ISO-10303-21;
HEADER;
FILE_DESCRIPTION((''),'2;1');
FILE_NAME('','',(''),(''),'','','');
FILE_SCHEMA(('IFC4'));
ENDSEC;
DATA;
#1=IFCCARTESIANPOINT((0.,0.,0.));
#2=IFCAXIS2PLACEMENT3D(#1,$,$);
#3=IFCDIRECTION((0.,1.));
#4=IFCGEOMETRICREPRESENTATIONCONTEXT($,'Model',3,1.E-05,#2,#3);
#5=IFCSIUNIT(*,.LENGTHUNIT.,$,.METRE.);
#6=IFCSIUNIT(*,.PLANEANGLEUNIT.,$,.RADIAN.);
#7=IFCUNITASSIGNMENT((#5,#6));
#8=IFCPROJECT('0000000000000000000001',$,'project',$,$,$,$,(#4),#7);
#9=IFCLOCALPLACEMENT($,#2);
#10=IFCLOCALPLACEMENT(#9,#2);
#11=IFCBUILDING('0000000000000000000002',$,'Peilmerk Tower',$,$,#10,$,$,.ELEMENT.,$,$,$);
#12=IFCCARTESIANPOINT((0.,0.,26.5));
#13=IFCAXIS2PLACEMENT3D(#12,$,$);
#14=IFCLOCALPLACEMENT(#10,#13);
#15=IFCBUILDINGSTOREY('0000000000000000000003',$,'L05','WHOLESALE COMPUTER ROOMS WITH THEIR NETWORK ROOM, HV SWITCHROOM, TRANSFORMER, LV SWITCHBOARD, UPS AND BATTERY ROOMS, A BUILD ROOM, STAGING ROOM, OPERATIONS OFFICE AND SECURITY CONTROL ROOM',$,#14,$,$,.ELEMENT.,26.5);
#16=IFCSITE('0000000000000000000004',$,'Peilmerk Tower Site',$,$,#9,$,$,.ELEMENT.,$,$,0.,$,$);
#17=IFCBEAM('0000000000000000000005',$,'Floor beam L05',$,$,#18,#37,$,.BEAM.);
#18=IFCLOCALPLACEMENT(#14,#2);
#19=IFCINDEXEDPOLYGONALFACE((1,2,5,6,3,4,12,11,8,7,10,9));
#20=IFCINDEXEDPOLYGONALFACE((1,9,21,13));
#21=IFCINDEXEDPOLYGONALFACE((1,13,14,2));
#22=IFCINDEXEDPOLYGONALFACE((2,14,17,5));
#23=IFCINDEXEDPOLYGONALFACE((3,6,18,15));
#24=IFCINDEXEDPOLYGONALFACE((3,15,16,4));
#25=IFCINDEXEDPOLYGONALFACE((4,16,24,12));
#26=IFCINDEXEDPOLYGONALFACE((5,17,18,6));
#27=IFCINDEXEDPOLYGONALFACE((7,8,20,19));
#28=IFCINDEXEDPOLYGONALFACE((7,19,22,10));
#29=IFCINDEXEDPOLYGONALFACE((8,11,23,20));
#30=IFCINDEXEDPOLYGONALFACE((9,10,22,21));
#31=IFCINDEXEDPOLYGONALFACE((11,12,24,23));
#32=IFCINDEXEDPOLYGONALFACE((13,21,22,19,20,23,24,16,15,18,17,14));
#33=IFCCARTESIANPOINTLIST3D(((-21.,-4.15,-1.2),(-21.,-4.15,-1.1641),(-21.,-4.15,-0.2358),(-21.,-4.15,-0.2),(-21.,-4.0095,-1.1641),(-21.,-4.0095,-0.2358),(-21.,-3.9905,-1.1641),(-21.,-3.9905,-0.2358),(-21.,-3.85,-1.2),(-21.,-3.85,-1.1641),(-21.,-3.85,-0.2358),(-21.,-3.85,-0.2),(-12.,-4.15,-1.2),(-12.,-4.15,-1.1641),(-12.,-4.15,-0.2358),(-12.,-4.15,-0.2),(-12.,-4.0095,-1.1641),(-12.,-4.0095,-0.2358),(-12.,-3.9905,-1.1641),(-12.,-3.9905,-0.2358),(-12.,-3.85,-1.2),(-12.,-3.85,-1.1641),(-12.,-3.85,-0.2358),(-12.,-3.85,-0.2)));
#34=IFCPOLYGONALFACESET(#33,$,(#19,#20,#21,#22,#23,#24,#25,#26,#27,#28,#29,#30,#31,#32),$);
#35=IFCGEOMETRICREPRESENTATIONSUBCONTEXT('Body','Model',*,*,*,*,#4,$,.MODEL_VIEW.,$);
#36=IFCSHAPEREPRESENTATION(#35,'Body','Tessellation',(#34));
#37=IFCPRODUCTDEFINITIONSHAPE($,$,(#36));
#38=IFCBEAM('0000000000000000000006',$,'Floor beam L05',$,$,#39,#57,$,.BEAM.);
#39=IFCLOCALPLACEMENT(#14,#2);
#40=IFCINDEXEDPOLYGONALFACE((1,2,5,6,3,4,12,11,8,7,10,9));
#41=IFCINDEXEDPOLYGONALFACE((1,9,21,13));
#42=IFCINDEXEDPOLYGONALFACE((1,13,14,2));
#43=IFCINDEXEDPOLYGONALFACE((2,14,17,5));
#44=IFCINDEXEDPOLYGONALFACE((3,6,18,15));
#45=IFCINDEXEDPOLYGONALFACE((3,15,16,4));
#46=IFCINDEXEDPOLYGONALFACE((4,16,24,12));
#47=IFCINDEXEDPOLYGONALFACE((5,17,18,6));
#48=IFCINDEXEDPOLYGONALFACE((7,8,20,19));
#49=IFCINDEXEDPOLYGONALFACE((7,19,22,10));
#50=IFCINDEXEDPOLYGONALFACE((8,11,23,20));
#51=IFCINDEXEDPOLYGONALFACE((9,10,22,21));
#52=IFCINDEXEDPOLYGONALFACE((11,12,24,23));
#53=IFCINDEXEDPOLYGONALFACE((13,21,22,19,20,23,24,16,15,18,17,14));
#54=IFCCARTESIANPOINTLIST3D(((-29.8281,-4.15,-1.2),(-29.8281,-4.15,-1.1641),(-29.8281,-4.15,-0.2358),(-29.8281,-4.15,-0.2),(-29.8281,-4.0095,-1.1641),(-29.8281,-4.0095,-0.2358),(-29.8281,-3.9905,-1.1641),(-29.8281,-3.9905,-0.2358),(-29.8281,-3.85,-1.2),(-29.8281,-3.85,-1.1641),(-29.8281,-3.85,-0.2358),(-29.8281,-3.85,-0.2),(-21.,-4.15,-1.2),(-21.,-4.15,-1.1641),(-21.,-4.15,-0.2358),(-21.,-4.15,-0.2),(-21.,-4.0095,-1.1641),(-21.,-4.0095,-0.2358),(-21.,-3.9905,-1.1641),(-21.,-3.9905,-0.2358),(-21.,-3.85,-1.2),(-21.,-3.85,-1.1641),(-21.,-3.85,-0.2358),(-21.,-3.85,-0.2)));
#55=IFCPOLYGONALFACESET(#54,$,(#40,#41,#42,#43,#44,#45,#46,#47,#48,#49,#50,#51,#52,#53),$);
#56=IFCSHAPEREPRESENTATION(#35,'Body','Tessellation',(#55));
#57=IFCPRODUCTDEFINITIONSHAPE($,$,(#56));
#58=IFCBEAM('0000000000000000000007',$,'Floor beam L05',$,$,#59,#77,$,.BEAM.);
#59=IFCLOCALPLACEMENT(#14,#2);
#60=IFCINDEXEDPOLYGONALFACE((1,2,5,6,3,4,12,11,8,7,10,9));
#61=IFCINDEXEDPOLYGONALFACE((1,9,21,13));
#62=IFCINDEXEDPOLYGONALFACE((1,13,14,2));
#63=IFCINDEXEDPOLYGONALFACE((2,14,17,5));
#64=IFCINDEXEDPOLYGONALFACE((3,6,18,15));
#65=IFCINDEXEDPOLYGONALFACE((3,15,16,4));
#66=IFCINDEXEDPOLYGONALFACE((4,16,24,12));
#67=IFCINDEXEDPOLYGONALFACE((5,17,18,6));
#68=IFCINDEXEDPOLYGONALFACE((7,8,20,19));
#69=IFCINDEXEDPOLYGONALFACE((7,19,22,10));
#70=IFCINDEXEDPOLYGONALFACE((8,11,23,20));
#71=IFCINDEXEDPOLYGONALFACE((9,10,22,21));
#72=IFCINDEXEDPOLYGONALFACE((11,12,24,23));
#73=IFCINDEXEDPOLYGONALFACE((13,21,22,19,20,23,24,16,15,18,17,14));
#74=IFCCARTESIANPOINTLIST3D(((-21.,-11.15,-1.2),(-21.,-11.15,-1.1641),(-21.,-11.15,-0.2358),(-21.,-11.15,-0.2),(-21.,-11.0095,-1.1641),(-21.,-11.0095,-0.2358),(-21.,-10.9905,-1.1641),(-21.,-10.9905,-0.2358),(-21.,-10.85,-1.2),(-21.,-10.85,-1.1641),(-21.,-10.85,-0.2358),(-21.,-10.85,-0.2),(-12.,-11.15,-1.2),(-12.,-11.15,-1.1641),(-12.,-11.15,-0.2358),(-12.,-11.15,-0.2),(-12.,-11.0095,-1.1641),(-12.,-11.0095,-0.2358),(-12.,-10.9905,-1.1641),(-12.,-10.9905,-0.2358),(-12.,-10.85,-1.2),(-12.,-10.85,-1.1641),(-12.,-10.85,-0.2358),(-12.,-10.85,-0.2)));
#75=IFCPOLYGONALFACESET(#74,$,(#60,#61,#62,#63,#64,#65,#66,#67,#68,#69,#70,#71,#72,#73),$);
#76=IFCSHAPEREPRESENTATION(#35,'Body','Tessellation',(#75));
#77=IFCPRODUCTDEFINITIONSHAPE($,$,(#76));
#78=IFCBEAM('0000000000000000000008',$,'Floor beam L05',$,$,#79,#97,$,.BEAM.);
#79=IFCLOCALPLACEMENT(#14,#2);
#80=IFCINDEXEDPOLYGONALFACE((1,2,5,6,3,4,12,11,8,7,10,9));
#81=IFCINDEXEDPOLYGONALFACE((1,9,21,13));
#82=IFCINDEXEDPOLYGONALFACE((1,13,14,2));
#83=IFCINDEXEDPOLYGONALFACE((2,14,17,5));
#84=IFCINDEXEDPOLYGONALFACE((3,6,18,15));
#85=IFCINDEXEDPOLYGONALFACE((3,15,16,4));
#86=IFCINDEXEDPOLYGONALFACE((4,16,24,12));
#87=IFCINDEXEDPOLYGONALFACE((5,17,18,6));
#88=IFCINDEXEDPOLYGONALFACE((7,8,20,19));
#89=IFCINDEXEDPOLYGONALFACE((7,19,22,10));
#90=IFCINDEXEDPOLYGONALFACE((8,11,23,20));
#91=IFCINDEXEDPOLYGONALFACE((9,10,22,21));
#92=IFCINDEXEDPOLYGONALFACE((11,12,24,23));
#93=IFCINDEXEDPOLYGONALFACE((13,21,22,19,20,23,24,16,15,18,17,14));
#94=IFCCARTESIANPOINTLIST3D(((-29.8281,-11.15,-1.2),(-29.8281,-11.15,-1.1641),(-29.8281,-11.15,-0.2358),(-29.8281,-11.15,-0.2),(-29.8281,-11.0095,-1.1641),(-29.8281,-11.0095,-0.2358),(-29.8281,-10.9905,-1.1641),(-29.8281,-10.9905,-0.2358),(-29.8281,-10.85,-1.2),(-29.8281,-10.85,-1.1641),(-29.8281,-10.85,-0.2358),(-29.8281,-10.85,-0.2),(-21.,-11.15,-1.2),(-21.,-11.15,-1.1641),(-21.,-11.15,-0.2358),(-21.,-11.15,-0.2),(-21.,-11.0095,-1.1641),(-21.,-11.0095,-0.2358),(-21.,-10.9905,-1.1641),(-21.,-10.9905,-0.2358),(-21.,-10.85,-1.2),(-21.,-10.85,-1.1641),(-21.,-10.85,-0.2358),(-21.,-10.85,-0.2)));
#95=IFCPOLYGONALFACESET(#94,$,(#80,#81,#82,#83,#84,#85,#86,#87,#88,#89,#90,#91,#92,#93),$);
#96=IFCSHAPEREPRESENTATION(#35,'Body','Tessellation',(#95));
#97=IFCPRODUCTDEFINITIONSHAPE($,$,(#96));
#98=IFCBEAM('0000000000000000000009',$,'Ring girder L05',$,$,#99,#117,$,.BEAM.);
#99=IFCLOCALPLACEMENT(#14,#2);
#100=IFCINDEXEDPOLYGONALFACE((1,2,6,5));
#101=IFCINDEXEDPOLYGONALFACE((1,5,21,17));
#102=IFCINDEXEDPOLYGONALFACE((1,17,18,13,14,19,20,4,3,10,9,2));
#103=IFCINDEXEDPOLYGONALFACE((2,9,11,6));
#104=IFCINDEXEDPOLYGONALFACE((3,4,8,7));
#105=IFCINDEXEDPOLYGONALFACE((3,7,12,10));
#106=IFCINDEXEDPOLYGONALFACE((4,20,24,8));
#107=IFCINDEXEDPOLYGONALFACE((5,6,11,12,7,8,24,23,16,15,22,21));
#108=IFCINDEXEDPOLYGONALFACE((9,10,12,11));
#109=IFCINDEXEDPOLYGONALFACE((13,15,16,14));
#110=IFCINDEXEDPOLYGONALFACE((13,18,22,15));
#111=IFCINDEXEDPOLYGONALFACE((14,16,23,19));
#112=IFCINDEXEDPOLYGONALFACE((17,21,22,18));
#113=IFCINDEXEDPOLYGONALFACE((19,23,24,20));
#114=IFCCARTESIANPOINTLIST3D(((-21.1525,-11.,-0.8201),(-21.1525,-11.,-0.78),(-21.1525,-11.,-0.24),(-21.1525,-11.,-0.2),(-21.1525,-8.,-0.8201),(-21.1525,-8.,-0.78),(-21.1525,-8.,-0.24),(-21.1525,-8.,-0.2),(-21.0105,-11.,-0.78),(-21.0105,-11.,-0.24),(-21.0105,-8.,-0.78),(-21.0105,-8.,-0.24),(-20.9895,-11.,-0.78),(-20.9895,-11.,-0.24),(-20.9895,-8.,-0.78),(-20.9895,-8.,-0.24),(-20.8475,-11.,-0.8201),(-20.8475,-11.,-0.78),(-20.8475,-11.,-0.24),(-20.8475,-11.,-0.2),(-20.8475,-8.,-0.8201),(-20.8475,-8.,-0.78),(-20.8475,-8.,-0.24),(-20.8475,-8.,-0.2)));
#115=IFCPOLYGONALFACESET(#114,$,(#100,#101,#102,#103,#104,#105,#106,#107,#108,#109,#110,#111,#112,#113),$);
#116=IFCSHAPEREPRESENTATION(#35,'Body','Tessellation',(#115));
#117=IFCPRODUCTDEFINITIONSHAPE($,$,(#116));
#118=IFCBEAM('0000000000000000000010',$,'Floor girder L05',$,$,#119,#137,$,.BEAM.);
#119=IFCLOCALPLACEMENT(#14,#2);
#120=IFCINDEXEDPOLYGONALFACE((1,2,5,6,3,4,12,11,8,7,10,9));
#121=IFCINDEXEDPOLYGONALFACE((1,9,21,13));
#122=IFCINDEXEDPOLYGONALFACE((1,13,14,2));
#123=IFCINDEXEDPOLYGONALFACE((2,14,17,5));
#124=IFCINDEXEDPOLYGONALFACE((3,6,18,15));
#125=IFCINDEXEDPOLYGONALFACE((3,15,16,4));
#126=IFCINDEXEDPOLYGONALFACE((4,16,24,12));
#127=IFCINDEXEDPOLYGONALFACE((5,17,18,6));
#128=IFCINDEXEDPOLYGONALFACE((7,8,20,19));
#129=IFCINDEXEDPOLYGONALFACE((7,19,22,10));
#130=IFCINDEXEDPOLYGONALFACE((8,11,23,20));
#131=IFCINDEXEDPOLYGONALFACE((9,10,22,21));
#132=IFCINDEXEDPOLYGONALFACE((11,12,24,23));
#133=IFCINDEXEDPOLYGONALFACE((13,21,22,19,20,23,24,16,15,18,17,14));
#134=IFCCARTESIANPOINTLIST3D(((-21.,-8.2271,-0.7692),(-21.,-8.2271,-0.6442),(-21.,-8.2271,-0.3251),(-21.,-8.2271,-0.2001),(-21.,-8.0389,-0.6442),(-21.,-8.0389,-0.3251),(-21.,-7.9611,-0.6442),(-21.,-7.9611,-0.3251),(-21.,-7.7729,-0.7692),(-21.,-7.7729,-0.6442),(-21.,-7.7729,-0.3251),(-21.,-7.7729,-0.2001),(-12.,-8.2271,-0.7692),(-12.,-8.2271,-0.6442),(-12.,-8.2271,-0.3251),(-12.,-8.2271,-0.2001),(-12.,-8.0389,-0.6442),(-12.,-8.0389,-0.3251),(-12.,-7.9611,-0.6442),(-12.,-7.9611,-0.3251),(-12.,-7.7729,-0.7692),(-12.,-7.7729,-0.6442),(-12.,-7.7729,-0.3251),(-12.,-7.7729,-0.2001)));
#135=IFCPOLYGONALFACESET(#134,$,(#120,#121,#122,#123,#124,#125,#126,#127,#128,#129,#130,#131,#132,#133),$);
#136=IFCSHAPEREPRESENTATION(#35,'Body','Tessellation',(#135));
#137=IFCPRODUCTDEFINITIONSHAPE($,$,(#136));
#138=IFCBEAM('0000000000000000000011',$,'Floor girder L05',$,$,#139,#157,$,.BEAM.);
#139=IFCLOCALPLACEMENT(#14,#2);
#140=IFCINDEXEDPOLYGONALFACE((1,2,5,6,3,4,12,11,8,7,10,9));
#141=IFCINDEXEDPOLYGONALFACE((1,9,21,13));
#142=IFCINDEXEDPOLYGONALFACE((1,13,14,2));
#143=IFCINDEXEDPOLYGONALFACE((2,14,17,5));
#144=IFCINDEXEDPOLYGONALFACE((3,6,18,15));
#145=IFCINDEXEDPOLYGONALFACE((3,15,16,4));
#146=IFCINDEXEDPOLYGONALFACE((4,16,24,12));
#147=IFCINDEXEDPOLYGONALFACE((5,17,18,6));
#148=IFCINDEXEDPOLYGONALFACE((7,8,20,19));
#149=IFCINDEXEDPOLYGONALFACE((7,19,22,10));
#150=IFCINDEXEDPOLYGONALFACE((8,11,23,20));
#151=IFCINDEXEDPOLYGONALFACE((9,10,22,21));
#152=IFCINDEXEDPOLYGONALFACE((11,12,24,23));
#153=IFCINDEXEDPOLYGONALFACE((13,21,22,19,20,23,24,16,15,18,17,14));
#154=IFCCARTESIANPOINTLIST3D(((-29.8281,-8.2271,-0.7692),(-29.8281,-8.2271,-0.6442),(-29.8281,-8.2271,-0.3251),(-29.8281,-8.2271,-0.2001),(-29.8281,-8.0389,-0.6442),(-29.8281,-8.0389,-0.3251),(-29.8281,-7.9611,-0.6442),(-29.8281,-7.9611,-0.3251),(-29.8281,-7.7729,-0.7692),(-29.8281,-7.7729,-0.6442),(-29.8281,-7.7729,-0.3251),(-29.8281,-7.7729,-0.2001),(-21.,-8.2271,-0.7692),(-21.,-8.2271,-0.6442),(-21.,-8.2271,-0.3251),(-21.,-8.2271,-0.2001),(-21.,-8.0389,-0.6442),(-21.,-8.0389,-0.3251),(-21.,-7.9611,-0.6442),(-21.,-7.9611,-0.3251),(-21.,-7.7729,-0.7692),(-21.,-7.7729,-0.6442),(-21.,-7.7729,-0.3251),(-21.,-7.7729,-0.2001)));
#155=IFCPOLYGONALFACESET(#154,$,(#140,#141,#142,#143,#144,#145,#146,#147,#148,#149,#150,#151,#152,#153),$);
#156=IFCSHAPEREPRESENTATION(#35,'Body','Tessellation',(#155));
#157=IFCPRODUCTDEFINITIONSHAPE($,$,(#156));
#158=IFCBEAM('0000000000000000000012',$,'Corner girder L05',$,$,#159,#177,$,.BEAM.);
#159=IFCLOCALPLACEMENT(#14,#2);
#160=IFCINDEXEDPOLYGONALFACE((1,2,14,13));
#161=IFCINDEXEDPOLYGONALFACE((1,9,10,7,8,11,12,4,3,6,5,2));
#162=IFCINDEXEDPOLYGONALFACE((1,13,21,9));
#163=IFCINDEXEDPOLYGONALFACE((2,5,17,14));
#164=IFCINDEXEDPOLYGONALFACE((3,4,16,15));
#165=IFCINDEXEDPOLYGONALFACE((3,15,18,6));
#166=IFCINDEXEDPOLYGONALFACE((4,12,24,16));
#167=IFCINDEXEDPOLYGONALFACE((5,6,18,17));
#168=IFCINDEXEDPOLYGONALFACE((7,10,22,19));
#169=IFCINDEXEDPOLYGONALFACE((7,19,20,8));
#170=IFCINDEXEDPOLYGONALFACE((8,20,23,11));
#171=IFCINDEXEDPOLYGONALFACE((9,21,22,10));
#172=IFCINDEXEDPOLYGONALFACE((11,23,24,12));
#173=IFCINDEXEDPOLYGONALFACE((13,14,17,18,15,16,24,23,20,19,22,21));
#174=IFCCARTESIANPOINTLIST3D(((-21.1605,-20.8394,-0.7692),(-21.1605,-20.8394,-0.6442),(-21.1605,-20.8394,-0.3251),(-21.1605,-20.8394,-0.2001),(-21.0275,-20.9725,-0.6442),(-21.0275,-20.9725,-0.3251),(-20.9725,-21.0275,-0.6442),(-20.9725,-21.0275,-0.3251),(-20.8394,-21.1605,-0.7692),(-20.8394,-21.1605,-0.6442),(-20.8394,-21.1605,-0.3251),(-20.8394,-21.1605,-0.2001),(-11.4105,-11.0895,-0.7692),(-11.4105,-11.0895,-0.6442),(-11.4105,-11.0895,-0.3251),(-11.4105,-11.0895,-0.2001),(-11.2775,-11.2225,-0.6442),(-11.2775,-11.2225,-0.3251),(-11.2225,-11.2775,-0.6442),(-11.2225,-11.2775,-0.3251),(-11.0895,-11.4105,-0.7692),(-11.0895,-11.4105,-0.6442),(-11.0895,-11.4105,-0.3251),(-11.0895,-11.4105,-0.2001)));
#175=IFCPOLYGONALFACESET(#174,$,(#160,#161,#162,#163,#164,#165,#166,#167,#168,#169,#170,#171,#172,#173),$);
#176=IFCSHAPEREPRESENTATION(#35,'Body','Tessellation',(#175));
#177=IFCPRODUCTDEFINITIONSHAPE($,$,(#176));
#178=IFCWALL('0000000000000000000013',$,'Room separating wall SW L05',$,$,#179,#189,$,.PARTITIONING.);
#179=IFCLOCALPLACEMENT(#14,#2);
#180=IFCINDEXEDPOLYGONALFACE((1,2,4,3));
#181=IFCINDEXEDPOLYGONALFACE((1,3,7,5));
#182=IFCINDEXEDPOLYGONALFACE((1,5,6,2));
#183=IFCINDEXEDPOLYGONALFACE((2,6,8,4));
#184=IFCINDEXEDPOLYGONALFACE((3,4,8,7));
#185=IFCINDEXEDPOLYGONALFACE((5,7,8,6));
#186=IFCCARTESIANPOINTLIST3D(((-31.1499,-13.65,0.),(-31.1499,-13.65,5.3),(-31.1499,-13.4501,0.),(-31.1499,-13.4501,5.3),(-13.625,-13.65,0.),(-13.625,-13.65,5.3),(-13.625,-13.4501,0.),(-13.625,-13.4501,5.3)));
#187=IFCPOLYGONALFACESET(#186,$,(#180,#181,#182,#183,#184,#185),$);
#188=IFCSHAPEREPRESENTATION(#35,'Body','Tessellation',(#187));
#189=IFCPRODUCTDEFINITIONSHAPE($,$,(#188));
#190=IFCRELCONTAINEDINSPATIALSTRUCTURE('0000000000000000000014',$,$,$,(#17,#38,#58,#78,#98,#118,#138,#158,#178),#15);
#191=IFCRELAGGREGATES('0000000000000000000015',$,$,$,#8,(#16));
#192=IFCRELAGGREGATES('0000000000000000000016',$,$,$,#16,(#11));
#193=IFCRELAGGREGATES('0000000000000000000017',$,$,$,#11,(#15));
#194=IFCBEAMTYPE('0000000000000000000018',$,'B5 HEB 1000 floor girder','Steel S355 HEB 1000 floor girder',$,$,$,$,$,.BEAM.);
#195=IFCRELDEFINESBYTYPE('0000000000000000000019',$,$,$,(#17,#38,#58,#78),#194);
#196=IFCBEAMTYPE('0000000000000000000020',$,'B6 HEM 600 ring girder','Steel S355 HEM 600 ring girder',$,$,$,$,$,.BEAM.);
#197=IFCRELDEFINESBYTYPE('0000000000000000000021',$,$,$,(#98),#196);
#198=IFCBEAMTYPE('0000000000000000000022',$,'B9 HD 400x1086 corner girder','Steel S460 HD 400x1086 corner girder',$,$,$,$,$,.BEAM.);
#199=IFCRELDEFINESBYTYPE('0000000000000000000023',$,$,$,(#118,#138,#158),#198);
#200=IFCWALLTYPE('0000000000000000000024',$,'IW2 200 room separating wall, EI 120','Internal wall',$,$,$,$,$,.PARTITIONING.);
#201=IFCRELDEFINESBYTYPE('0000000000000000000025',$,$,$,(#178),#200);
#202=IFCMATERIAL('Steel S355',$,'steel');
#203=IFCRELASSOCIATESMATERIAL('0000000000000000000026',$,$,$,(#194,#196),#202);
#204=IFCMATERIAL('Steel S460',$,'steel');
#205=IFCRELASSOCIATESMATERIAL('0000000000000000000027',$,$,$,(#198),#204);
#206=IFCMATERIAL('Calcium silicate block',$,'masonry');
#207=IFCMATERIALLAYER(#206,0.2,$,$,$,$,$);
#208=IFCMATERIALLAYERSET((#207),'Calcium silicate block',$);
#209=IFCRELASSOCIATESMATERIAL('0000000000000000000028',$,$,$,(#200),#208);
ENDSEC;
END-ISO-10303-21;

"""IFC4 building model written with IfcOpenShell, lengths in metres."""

from ifc_helpers import new_model, si_unit, direction, frame, frame_2d, origin, origin_2d, place, context, subcontext, project, spatial, rectangle, i_section, extrude, material, layer, layer_set, material_profile, profile_set, type_object, element, save


model = new_model("IFC4")

# Units and contexts
model_context = context("Model", 3, precision=1e-05, world=origin(), true_north=direction((0.0, 1.0)))
body_context = subcontext(model_context, "Body", "Model", "MODEL_VIEW")
ifc_project = project(units=[si_unit("LENGTHUNIT", "METRE"), si_unit("PLANEANGLEUNIT", "RADIAN")], contexts=[model_context])

# Site, building, storey
site_placement = place(None, origin())
site = spatial("IfcSite", under=ifc_project, at=site_placement, Name="Peilmerk Tower Site", CompositionType="ELEMENT", RefElevation=0.0)
building_placement = place(site_placement, origin())
building = spatial("IfcBuilding", under=site, at=building_placement, Name="Peilmerk Tower", CompositionType="ELEMENT")
storey_placement = place(building_placement, frame((0.0, 0.0, 26.5)))
storey = spatial("IfcBuildingStorey", under=building, at=storey_placement, Name="L05", Description="WHOLESALE COMPUTER ROOMS WITH THEIR NETWORK ROOM, HV SWITCHROOM, TRANSFORMER, LV SWITCHBOARD, UPS AND BATTERY ROOMS, A BUILD ROOM, STAGING ROOM, OPERATIONS OFFICE AND SECURITY CONTROL ROOM", CompositionType="ELEMENT", Elevation=26.5)

# Beams
ifc_material_1 = material(Name="Steel S355", Category="steel")
ifc_material_profile_1 = material_profile(ifc_material_1, i_section(OverallWidth=0.3, OverallDepth=1.0, WebThickness=0.019, FlangeThickness=0.0359, at=origin_2d()), Name="HEB 1000")
ifc_profile_set_1 = profile_set([ifc_material_profile_1], Name="Steel S355")
beam_type_1 = type_object("IfcBeamType", Name="B5 HEB 1000 floor girder", Description="Steel S355 HEB 1000 floor girder", PredefinedType="BEAM", material=ifc_profile_set_1)
for number, where, z_axis, x_axis, name in (
    (1, (-12.0, -4.0, -0.7), (-1.0, 0.0, 0.0), (0.0, -1.0, 0.0), "Floor beam L05"),
):
    element("IfcBeam", number, at=place(storey_placement, frame(where, z_axis=z_axis, x_axis=x_axis)), inside=storey, type_object=beam_type_1, Name=name, PredefinedType="BEAM", context=body_context, shape_type="SweptSolid", body=[
        extrude(i_section(OverallWidth=0.3, OverallDepth=1.0, WebThickness=0.019, FlangeThickness=0.0359, at=origin_2d()), origin(), (0.0, 0.0, 1.0), 9.0),
    ])
beam_1_placement = place(storey_placement, frame((-21.0, -4.0, -0.7), z_axis=(-1.0, 0.0, 0.0), x_axis=(0.0, -1.0, 0.0)))
element("IfcBeam", 2, at=beam_1_placement, inside=storey, type_object=beam_type_1, Name="Floor beam L05", PredefinedType="BEAM", context=body_context, shape_type="SweptSolid", body=[
    extrude(i_section(OverallWidth=0.3, OverallDepth=1.0, WebThickness=0.019, FlangeThickness=0.0359, at=origin_2d()), origin(), (0.0, 0.0, 1.0), 8.8281),
])
beam_2_placement = place(storey_placement, frame((-12.0, -11.0, -0.7), z_axis=(-1.0, 0.0, 0.0), x_axis=(0.0, -1.0, 0.0)))
element("IfcBeam", 3, at=beam_2_placement, inside=storey, type_object=beam_type_1, Name="Floor beam L05", PredefinedType="BEAM", context=body_context, shape_type="SweptSolid", body=[
    extrude(i_section(OverallWidth=0.3, OverallDepth=1.0, WebThickness=0.019, FlangeThickness=0.0359, at=origin_2d()), origin(), (0.0, 0.0, 1.0), 9.0),
])
beam_3_placement = place(storey_placement, frame((-21.0, -11.0, -0.7), z_axis=(-1.0, 0.0, 0.0), x_axis=(0.0, -1.0, 0.0)))
element("IfcBeam", 4, at=beam_3_placement, inside=storey, type_object=beam_type_1, Name="Floor beam L05", PredefinedType="BEAM", context=body_context, shape_type="SweptSolid", body=[
    extrude(i_section(OverallWidth=0.3, OverallDepth=1.0, WebThickness=0.019, FlangeThickness=0.0359, at=origin_2d()), origin(), (0.0, 0.0, 1.0), 8.8281),
])
ifc_material_profile_2 = material_profile(ifc_material_1, i_section(OverallWidth=0.3049, OverallDepth=0.6201, WebThickness=0.021, FlangeThickness=0.04, at=origin_2d()), Name="HEM 600")
ifc_profile_set_2 = profile_set([ifc_material_profile_2], Name="Steel S355")
beam_type_2 = type_object("IfcBeamType", Name="B6 HEM 600 ring girder", Description="Steel S355 HEM 600 ring girder", PredefinedType="BEAM", material=ifc_profile_set_2)
beam_4_placement = place(storey_placement, frame((-21.0, -8.0, -0.51), z_axis=(0.0, -1.0, 0.0), x_axis=(1.0, 0.0, 0.0)))
element("IfcBeam", 5, at=beam_4_placement, inside=storey, type_object=beam_type_2, Name="Ring girder L05", PredefinedType="BEAM", context=body_context, shape_type="SweptSolid", body=[
    extrude(i_section(OverallWidth=0.3049, OverallDepth=0.6201, WebThickness=0.021, FlangeThickness=0.04, at=origin_2d()), origin(), (0.0, 0.0, 1.0), 3.0),
])
ifc_material_2 = material(Name="Steel S460", Category="steel")
ifc_material_profile_3 = material_profile(ifc_material_2, i_section(OverallWidth=0.4541, OverallDepth=0.5691, WebThickness=0.0779, FlangeThickness=0.125, at=origin_2d()), Name="HD 400x1086")
ifc_profile_set_3 = profile_set([ifc_material_profile_3], Name="Steel S460")
beam_type_3 = type_object("IfcBeamType", Name="B9 HD 400x1086 corner girder", Description="Steel S460 HD 400x1086 corner girder", PredefinedType="BEAM", material=ifc_profile_set_3)
beam_5_placement = place(storey_placement, frame((-12.0, -8.0, -0.4846), z_axis=(-1.0, 0.0, 0.0), x_axis=(0.0, -1.0, 0.0)))
element("IfcBeam", 6, at=beam_5_placement, inside=storey, type_object=beam_type_3, Name="Floor girder L05", PredefinedType="BEAM", context=body_context, shape_type="SweptSolid", body=[
    extrude(i_section(OverallWidth=0.4541, OverallDepth=0.5691, WebThickness=0.0779, FlangeThickness=0.125, at=origin_2d()), origin(), (0.0, 0.0, 1.0), 9.0),
])
beam_6_placement = place(storey_placement, frame((-21.0, -8.0, -0.4846), z_axis=(-1.0, 0.0, 0.0), x_axis=(0.0, -1.0, 0.0)))
element("IfcBeam", 7, at=beam_6_placement, inside=storey, type_object=beam_type_3, Name="Floor girder L05", PredefinedType="BEAM", context=body_context, shape_type="SweptSolid", body=[
    extrude(i_section(OverallWidth=0.4541, OverallDepth=0.5691, WebThickness=0.0779, FlangeThickness=0.125, at=origin_2d()), origin(), (0.0, 0.0, 1.0), 8.8281),
])
beam_7_placement = place(storey_placement, frame((-11.25, -11.25, -0.4846), z_axis=(-0.707107, -0.707107, 0.0), x_axis=(0.707107, -0.707107, 0.0)))
element("IfcBeam", 8, at=beam_7_placement, inside=storey, type_object=beam_type_3, Name="Corner girder L05", PredefinedType="BEAM", context=body_context, shape_type="SweptSolid", body=[
    extrude(i_section(OverallWidth=0.4541, OverallDepth=0.5691, WebThickness=0.0779, FlangeThickness=0.125, at=origin_2d()), origin(), (0.0, 0.0, 1.0), 13.7886),
])

# Wall
ifc_material_3 = material(Name="Calcium silicate block", Category="masonry")
ifc_layer_1 = layer(ifc_material_3, 0.2)
ifc_layer_set_1 = layer_set([ifc_layer_1], Name="Calcium silicate block")
wall_type_1 = type_object("IfcWallType", Name="IW2 200 room separating wall, EI 120", Description="Internal wall", PredefinedType="PARTITIONING", material=ifc_layer_set_1)
wall_1_placement = place(storey_placement, frame((-13.625, -13.55, 0.0), z_axis=(0.0, 0.0, 1.0), x_axis=(-1.0, 0.0, 0.0)))
element("IfcWall", 9, at=wall_1_placement, inside=storey, type_object=wall_type_1, Name="Room separating wall SW L05", PredefinedType="PARTITIONING", context=body_context, shape_type="SweptSolid", body=[
    extrude(rectangle(XDim=17.5249, YDim=0.2, at=frame_2d((8.7625, 0.0))), origin(), (0.0, 0.0, 1.0), 5.3),
])

save(model, "model.ifc")
